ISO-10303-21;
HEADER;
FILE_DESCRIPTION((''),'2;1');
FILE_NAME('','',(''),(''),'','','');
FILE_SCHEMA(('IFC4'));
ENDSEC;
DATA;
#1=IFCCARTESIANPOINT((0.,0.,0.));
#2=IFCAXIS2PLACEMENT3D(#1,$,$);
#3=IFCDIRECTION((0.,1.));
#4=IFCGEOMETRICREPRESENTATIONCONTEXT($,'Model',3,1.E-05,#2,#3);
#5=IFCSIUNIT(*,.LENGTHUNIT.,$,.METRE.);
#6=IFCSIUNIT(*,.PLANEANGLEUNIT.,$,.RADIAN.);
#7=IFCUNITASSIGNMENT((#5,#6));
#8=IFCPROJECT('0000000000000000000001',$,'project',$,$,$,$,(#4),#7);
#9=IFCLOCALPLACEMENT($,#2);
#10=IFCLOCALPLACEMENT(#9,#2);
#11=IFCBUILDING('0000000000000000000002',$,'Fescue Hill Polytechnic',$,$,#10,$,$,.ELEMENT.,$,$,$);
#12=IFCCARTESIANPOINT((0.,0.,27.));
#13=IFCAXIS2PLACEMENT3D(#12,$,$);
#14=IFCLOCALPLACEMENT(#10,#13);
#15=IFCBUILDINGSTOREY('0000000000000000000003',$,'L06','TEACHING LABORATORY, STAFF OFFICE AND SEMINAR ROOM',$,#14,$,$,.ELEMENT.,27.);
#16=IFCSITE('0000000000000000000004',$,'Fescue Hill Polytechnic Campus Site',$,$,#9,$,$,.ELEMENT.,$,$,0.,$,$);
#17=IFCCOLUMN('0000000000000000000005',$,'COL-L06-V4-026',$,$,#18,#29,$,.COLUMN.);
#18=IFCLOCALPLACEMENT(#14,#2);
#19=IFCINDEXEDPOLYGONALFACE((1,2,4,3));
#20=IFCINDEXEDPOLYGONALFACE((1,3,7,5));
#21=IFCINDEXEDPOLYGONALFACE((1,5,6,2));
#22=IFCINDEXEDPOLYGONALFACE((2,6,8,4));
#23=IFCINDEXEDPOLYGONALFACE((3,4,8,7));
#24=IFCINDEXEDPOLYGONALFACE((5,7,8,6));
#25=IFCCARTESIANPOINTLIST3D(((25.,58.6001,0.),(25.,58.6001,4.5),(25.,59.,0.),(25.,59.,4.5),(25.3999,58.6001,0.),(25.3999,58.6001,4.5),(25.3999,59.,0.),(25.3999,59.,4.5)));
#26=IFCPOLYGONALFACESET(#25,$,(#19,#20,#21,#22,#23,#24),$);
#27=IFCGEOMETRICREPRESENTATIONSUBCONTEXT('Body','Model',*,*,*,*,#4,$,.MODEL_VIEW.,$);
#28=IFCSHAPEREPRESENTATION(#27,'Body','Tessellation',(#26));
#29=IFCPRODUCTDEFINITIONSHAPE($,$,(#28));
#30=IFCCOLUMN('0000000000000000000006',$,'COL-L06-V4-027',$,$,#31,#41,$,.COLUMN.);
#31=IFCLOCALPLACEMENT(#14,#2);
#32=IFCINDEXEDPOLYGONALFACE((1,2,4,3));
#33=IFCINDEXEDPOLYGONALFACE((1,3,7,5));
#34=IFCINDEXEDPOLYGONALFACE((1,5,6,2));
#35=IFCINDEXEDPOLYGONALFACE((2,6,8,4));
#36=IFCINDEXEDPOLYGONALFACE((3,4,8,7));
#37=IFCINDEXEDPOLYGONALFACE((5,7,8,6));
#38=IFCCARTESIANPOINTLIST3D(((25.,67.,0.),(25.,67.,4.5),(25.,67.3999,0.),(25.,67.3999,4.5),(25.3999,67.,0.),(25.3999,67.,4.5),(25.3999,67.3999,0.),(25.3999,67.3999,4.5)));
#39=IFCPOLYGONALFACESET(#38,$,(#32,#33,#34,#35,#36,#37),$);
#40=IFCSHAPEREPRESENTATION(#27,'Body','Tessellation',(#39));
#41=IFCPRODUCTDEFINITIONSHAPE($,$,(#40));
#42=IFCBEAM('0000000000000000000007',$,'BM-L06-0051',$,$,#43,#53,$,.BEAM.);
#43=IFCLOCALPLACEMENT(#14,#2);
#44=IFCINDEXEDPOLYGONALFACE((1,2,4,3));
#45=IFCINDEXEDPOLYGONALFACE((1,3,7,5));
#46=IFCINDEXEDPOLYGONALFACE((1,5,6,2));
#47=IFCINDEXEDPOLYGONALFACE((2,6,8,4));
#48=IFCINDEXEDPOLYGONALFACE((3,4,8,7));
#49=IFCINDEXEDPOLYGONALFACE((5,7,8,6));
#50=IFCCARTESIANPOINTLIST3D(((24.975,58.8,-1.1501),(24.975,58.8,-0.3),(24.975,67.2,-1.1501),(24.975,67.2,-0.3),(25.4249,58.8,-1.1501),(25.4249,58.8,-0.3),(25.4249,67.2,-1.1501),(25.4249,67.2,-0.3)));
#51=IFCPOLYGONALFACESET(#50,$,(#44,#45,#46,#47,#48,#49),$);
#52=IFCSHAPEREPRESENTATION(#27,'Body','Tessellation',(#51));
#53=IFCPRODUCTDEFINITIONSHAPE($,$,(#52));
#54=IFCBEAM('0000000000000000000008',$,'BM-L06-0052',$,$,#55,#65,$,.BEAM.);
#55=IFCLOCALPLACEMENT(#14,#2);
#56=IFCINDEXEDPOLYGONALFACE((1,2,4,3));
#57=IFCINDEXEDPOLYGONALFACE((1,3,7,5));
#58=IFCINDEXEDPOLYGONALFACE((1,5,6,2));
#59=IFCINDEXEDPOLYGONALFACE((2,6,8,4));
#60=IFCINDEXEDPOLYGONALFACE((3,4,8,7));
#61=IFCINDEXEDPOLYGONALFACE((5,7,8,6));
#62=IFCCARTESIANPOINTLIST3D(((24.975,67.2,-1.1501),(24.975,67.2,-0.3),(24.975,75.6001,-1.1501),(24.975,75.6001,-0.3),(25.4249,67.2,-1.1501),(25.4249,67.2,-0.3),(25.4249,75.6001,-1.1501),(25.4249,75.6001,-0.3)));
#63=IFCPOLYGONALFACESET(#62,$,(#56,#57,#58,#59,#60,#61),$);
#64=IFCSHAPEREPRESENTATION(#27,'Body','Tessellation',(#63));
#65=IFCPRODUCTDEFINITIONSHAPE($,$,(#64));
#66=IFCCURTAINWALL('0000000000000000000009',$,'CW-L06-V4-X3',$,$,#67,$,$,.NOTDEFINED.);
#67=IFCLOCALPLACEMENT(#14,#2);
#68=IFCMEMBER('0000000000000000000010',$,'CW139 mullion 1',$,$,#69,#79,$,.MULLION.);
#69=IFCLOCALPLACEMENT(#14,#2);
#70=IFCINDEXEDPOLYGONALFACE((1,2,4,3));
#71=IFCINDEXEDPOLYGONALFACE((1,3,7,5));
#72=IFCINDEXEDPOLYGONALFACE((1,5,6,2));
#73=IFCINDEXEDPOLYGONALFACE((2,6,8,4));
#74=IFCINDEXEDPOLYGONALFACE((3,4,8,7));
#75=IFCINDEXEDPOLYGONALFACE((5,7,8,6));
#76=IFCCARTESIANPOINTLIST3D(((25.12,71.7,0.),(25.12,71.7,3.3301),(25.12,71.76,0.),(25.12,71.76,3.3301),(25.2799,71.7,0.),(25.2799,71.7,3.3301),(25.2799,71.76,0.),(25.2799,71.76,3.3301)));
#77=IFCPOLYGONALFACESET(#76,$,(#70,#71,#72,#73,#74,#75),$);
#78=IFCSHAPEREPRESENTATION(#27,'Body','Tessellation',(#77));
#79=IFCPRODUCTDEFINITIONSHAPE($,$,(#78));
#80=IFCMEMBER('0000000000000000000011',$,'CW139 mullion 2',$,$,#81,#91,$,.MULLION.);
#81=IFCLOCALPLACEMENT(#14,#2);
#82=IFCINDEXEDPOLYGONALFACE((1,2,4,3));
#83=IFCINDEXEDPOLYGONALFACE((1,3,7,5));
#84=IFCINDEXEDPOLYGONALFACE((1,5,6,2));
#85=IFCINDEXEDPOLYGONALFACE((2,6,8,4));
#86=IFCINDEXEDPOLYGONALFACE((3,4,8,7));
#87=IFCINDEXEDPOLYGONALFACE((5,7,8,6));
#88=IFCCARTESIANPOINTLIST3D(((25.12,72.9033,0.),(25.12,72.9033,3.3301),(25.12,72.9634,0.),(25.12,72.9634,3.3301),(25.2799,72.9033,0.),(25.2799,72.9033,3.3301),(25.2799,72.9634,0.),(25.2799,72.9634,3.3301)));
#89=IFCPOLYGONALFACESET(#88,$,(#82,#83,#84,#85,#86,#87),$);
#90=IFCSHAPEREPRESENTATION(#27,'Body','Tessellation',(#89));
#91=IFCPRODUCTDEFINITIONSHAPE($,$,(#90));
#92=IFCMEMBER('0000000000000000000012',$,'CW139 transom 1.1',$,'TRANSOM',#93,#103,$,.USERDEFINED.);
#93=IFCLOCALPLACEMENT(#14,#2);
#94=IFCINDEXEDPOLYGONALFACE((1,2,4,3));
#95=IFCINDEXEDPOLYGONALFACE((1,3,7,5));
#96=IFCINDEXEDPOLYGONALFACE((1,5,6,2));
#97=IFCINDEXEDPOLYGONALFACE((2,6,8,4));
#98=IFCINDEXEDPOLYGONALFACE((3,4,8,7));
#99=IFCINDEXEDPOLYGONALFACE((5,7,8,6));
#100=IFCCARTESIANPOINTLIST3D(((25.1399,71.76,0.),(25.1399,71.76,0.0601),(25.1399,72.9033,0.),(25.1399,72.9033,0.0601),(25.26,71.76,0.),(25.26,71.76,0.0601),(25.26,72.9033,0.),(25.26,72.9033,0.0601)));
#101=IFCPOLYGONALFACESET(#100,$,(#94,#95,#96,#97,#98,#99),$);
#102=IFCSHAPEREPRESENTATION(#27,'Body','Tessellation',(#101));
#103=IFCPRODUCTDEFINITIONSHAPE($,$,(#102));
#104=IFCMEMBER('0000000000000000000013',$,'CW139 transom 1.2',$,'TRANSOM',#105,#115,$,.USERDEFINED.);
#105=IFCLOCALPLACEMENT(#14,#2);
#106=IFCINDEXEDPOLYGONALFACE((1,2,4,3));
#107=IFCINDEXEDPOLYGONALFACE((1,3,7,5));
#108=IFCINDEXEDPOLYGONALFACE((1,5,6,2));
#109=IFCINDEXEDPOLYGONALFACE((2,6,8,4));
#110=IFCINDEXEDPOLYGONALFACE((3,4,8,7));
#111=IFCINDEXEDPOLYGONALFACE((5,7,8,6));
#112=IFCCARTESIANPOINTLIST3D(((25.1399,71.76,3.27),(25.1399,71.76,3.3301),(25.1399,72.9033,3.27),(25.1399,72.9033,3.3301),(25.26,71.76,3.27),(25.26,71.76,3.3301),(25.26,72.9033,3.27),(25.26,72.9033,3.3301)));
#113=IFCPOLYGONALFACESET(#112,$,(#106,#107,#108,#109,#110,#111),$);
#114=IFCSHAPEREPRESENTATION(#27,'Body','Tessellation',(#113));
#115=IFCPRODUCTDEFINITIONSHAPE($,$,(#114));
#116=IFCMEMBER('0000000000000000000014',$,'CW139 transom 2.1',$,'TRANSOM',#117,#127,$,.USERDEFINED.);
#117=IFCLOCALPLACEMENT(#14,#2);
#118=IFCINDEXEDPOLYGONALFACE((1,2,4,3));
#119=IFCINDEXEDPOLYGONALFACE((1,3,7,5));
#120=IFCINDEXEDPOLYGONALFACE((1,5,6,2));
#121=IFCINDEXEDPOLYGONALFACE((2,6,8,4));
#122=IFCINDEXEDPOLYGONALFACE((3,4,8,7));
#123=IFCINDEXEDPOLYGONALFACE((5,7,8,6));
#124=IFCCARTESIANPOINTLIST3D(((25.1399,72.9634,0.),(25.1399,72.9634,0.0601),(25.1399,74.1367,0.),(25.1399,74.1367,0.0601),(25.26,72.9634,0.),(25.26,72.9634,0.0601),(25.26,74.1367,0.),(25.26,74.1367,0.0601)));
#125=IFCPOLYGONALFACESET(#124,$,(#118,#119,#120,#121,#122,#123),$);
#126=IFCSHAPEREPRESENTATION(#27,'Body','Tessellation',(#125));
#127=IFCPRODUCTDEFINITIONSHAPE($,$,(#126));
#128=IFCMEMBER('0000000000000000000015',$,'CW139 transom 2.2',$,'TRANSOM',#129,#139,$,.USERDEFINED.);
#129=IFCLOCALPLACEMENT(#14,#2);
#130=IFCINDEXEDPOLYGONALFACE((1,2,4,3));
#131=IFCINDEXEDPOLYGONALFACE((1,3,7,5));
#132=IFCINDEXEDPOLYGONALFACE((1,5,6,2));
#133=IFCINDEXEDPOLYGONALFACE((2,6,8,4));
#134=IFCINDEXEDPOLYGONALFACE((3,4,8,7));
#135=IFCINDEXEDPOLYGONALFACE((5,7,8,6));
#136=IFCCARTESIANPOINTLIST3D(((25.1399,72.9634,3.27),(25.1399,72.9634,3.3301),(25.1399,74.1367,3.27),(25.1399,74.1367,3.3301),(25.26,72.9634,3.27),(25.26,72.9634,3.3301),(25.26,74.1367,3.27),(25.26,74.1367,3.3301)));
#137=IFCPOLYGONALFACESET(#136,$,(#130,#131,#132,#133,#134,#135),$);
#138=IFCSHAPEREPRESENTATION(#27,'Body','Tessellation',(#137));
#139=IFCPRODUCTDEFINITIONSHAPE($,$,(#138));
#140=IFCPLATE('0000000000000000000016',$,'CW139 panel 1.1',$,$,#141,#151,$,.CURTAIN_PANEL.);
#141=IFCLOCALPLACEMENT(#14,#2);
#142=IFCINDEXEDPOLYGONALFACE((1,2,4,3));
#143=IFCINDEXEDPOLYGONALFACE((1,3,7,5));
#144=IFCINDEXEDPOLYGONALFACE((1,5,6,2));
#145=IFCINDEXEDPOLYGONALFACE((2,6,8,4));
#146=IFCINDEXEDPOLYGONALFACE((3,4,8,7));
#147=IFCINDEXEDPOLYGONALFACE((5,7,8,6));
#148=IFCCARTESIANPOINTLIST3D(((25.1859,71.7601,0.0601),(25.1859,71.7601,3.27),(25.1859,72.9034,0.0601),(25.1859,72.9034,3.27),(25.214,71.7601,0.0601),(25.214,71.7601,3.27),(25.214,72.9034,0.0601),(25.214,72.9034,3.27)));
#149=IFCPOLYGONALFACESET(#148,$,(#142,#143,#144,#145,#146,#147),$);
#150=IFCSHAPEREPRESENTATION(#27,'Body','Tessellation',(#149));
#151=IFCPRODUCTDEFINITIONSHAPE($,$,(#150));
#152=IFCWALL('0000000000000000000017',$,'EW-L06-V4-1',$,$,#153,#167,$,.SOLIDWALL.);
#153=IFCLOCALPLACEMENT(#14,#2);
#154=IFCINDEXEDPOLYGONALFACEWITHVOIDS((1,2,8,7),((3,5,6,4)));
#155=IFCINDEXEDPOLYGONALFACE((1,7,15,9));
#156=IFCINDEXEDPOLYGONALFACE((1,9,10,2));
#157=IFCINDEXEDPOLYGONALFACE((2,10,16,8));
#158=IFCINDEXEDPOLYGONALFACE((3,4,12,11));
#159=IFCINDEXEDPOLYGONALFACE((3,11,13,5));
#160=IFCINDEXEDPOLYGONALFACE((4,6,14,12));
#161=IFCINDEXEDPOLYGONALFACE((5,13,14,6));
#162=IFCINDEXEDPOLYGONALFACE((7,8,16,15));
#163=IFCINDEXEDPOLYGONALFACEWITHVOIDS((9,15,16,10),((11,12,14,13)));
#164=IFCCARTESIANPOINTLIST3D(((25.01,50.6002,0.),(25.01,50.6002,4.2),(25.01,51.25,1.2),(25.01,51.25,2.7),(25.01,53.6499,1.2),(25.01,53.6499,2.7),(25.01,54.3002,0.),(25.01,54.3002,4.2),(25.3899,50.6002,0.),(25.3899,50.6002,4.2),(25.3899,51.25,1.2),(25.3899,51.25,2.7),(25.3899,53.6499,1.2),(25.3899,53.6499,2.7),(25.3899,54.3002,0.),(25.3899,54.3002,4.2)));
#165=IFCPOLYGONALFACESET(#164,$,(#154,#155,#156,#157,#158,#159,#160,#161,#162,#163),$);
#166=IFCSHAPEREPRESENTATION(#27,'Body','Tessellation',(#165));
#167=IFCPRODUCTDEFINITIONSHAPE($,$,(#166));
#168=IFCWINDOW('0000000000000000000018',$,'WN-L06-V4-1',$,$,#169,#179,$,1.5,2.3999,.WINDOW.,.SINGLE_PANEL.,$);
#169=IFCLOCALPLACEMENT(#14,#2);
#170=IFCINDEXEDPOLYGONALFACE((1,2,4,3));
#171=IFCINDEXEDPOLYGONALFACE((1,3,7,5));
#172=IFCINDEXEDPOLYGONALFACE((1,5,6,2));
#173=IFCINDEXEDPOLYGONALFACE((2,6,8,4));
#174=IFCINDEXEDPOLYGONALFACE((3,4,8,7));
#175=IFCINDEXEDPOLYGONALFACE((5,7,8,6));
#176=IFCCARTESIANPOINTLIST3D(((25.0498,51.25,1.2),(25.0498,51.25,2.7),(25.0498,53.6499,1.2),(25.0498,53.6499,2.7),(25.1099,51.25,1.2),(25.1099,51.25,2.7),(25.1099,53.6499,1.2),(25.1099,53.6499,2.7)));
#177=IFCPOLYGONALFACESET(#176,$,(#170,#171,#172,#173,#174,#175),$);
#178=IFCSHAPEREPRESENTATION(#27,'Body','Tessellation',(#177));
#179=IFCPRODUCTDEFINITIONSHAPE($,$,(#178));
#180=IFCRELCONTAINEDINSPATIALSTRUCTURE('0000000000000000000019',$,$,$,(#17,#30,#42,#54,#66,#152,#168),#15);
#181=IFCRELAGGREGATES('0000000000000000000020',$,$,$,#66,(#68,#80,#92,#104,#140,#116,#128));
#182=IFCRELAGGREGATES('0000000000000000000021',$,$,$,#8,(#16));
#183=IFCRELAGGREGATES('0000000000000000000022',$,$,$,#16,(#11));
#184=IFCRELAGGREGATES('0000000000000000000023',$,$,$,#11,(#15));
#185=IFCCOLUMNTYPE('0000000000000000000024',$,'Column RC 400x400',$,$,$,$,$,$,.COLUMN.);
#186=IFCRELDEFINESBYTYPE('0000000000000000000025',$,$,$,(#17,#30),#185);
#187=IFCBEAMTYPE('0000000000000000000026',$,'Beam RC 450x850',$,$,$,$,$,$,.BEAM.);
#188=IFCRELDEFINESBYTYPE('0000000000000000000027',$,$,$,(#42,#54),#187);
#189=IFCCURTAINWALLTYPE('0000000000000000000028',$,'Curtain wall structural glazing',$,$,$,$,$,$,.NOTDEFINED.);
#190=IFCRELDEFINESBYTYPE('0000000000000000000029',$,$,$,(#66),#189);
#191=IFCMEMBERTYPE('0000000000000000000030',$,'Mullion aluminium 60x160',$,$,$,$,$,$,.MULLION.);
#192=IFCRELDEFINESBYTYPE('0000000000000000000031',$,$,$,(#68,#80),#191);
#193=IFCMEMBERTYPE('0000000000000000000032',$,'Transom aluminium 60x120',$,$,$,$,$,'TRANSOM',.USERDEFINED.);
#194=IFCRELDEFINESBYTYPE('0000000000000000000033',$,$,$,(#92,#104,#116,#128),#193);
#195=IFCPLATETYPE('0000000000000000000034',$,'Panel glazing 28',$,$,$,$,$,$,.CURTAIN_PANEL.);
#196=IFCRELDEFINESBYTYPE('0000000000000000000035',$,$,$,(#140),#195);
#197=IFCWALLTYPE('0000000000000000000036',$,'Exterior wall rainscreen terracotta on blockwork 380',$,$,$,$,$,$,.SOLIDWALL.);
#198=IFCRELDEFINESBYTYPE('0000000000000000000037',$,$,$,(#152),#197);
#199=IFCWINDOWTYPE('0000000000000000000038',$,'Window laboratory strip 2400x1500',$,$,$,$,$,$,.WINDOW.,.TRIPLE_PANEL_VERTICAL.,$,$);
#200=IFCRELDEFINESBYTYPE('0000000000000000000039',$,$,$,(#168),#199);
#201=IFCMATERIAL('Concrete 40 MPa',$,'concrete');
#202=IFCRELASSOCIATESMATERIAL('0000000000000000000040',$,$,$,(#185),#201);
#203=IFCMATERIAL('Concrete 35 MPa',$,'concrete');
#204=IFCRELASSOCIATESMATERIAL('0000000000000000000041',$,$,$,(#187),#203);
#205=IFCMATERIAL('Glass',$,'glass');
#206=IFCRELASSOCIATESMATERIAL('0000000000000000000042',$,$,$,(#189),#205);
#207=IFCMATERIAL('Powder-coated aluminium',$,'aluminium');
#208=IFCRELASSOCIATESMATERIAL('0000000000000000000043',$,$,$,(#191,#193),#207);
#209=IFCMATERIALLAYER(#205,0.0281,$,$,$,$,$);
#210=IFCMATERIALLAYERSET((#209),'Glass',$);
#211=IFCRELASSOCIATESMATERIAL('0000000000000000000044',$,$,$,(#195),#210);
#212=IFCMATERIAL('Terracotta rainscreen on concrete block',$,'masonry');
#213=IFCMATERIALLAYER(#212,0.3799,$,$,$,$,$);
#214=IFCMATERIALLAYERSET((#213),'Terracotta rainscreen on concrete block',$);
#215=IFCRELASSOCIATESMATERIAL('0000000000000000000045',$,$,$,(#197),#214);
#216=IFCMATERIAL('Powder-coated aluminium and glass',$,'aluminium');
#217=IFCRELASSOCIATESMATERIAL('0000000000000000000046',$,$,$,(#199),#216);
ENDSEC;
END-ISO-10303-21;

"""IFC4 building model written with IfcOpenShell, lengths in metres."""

from ifc_helpers import new_model, si_unit, direction, frame, frame_2d, origin, origin_2d, place, context, subcontext, project, spatial, rectangle, extrude, material, layer, layer_set, material_profile, profile_set, type_object, element, fill, aggregate, save


model = new_model("IFC4")

# Units and contexts
model_context = context("Model", 3, precision=1e-05, world=origin(), true_north=direction((0.0, 1.0)))
body_context = subcontext(model_context, "Body", "Model", "MODEL_VIEW")
ifc_project = project(units=[si_unit("LENGTHUNIT", "METRE"), si_unit("PLANEANGLEUNIT", "RADIAN")], contexts=[model_context])

# Site, building, storey
site_placement = place(None, origin())
site = spatial("IfcSite", under=ifc_project, at=site_placement, Name="Fescue Hill Polytechnic Campus Site", CompositionType="ELEMENT", RefElevation=0.0)
building_placement = place(site_placement, origin())
building = spatial("IfcBuilding", under=site, at=building_placement, Name="Fescue Hill Polytechnic", CompositionType="ELEMENT")
storey_placement = place(building_placement, frame((0.0, 0.0, 27.0)))
storey = spatial("IfcBuildingStorey", under=building, at=storey_placement, Name="L06", Description="TEACHING LABORATORY, STAFF OFFICE AND SEMINAR ROOM", CompositionType="ELEMENT", Elevation=27.0)

# Columns
ifc_material_1 = material(Name="Concrete 40 MPa", Category="concrete")
ifc_material_profile_1 = material_profile(ifc_material_1, rectangle(XDim=0.3999, YDim=0.3999, at=origin_2d()), Name="RC 400x400")
ifc_profile_set_1 = profile_set([ifc_material_profile_1], Name="Concrete 40 MPa")
column_type = type_object("IfcColumnType", Name="Column RC 400x400", PredefinedType="COLUMN", material=ifc_profile_set_1)
for number, where, z_axis, x_axis, name in (
    (1, (25.2, 58.8, 0.0), (0.0, 0.0, 1.0), (1.0, 0.0, 0.0), "COL-L06-V4-026"),
    (2, (25.2, 67.2, 0.0), (0.0, 0.0, 1.0), (1.0, 0.0, 0.0), "COL-L06-V4-027"),
):
    element("IfcColumn", number, at=place(storey_placement, frame(where, z_axis=z_axis, x_axis=x_axis)), inside=storey, type_object=column_type, Name=name, PredefinedType="COLUMN", context=body_context, shape_type="SweptSolid", body=[
        extrude(rectangle(XDim=0.3999, YDim=0.3999, at=origin_2d()), origin(), (0.0, 0.0, 1.0), 4.5),
    ])

# Beams
ifc_material_2 = material(Name="Concrete 35 MPa", Category="concrete")
ifc_material_profile_2 = material_profile(ifc_material_2, rectangle(XDim=0.45, YDim=0.8501, at=origin_2d()), Name="RC 450x850")
ifc_profile_set_2 = profile_set([ifc_material_profile_2], Name="Concrete 35 MPa")
beam_type = type_object("IfcBeamType", Name="Beam RC 450x850", PredefinedType="BEAM", material=ifc_profile_set_2)
beam_1_placement = place(storey_placement, frame((25.2, 58.8, -0.7251), z_axis=(0.0, 1.0, 0.0), x_axis=(-1.0, 0.0, 0.0)))
element("IfcBeam", 3, at=beam_1_placement, inside=storey, type_object=beam_type, Name="BM-L06-0051", PredefinedType="BEAM", context=body_context, shape_type="SweptSolid", body=[
    extrude(rectangle(XDim=0.45, YDim=0.8501, at=origin_2d()), origin(), (0.0, 0.0, 1.0), 8.3999),
])
beam_2_placement = place(storey_placement, frame((25.2, 67.2, -0.7251), z_axis=(0.0, 1.0, 0.0), x_axis=(-1.0, 0.0, 0.0)))
element("IfcBeam", 4, at=beam_2_placement, inside=storey, type_object=beam_type, Name="BM-L06-0052", PredefinedType="BEAM", context=body_context, shape_type="SweptSolid", body=[
    extrude(rectangle(XDim=0.45, YDim=0.8501, at=origin_2d()), origin(), (0.0, 0.0, 1.0), 8.4001),
])

# Curtain wall, members, plate
ifc_material_3 = material(Name="Glass", Category="glass")
curtain_wall_type = type_object("IfcCurtainWallType", Name="Curtain wall structural glazing", PredefinedType="NOTDEFINED", material=ifc_material_3)
curtain_wall_placement = place(storey_placement, origin())
curtain_wall = element("IfcCurtainWall", 5, at=curtain_wall_placement, inside=storey, type_object=curtain_wall_type, Name="CW-L06-V4-X3", PredefinedType="NOTDEFINED")
ifc_material_4 = material(Name="Powder-coated aluminium", Category="aluminium")
ifc_material_profile_3 = material_profile(ifc_material_4, rectangle(XDim=0.1599, YDim=0.0601, at=origin_2d()), Name="Mullion aluminium 60x160")
ifc_profile_set_3 = profile_set([ifc_material_profile_3], Name="Powder-coated aluminium")
member_type_1 = type_object("IfcMemberType", Name="Mullion aluminium 60x160", PredefinedType="MULLION", material=ifc_profile_set_3)
member_1_placement = place(storey_placement, frame((25.2, 71.73, 0.0), z_axis=(0.0, 0.0, 1.0), x_axis=(-1.0, 0.0, 0.0)))
member_1 = element("IfcMember", 6, at=member_1_placement, type_object=member_type_1, Name="CW139 mullion 1", PredefinedType="MULLION", context=body_context, shape_type="SweptSolid", body=[
    extrude(rectangle(XDim=0.1599, YDim=0.0601, at=origin_2d()), origin(), (0.0, 0.0, 1.0), 3.3301),
])
member_2_placement = place(storey_placement, frame((25.2, 72.9333, 0.0), z_axis=(0.0, 0.0, 1.0), x_axis=(-1.0, 0.0, 0.0)))
member_2 = element("IfcMember", 7, at=member_2_placement, type_object=member_type_1, Name="CW139 mullion 2", PredefinedType="MULLION", context=body_context, shape_type="SweptSolid", body=[
    extrude(rectangle(XDim=0.1599, YDim=0.0601, at=origin_2d()), origin(), (0.0, 0.0, 1.0), 3.3301),
])
ifc_material_profile_4 = material_profile(ifc_material_4, rectangle(XDim=0.1201, YDim=0.0601, at=origin_2d()), Name="Transom aluminium 60x120")
ifc_profile_set_4 = profile_set([ifc_material_profile_4], Name="Powder-coated aluminium")
member_type_2 = type_object("IfcMemberType", Name="Transom aluminium 60x120", ElementType="TRANSOM", PredefinedType="USERDEFINED", material=ifc_profile_set_4)
member_3_placement = place(storey_placement, frame((25.2, 71.76, 0.03), z_axis=(0.0, 1.0, 0.0), x_axis=(-1.0, 0.0, 0.0)))
member_3 = element("IfcMember", 8, at=member_3_placement, type_object=member_type_2, Name="CW139 transom 1.1", ObjectType="TRANSOM", PredefinedType="USERDEFINED", context=body_context, shape_type="SweptSolid", body=[
    extrude(rectangle(XDim=0.1201, YDim=0.0601, at=origin_2d()), origin(), (0.0, 0.0, 1.0), 1.1433),
])
member_4_placement = place(storey_placement, frame((25.2, 71.76, 3.3), z_axis=(0.0, 1.0, 0.0), x_axis=(-1.0, 0.0, 0.0)))
member_4 = element("IfcMember", 9, at=member_4_placement, type_object=member_type_2, Name="CW139 transom 1.2", ObjectType="TRANSOM", PredefinedType="USERDEFINED", context=body_context, shape_type="SweptSolid", body=[
    extrude(rectangle(XDim=0.1201, YDim=0.0601, at=origin_2d()), origin(), (0.0, 0.0, 1.0), 1.1433),
])
member_5_placement = place(storey_placement, frame((25.2, 72.9634, 0.03), z_axis=(0.0, 1.0, 0.0), x_axis=(-1.0, 0.0, 0.0)))
member_5 = element("IfcMember", 10, at=member_5_placement, type_object=member_type_2, Name="CW139 transom 2.1", ObjectType="TRANSOM", PredefinedType="USERDEFINED", context=body_context, shape_type="SweptSolid", body=[
    extrude(rectangle(XDim=0.1201, YDim=0.0601, at=origin_2d()), origin(), (0.0, 0.0, 1.0), 1.1733),
])
member_6_placement = place(storey_placement, frame((25.2, 72.9634, 3.3), z_axis=(0.0, 1.0, 0.0), x_axis=(-1.0, 0.0, 0.0)))
member_6 = element("IfcMember", 11, at=member_6_placement, type_object=member_type_2, Name="CW139 transom 2.2", ObjectType="TRANSOM", PredefinedType="USERDEFINED", context=body_context, shape_type="SweptSolid", body=[
    extrude(rectangle(XDim=0.1201, YDim=0.0601, at=origin_2d()), origin(), (0.0, 0.0, 1.0), 1.1733),
])
ifc_layer_1 = layer(ifc_material_3, 0.0281)
ifc_layer_set_1 = layer_set([ifc_layer_1], Name="Glass")
plate_type = type_object("IfcPlateType", Name="Panel glazing 28", PredefinedType="CURTAIN_PANEL", material=ifc_layer_set_1)
plate_placement = place(storey_placement, frame((25.2, 72.3318, 0.0601), z_axis=(0.0, 0.0, 1.0), x_axis=(0.0, 1.0, 0.0)))
plate = element("IfcPlate", 12, at=plate_placement, type_object=plate_type, Name="CW139 panel 1.1", PredefinedType="CURTAIN_PANEL", context=body_context, shape_type="SweptSolid", body=[
    extrude(rectangle(XDim=1.1433, YDim=0.0281, at=origin_2d()), origin(), (0.0, 0.0, 1.0), 3.21),
])
aggregate(curtain_wall, [member_1, member_2, member_3, member_4, plate, member_5, member_6])

# Wall, opening, window
ifc_material_5 = material(Name="Terracotta rainscreen on concrete block", Category="masonry")
ifc_layer_2 = layer(ifc_material_5, 0.3799)
ifc_layer_set_2 = layer_set([ifc_layer_2], Name="Terracotta rainscreen on concrete block")
wall_type_1 = type_object("IfcWallType", Name="Exterior wall rainscreen terracotta on blockwork 380", PredefinedType="SOLIDWALL", material=ifc_layer_set_2)
wall_1_placement = place(storey_placement, frame((25.2, 50.6001, 0.0), z_axis=(0.0, 0.0, 1.0), x_axis=(0.0, 1.0, 0.0)))
wall_1 = element("IfcWall", 13, at=wall_1_placement, inside=storey, type_object=wall_type_1, Name="EW-L06-V4-1", PredefinedType="SOLIDWALL", context=body_context, shape_type="SweptSolid", body=[
    extrude(rectangle(XDim=3.7, YDim=0.3799, at=frame_2d((1.8501, 0.0))), origin(), (0.0, 0.0, 1.0), 4.2),
])
opening_1_placement = place(wall_1_placement, frame((0.6499, 0.0, 1.2)))
opening_1 = element("IfcOpeningElement", 14, at=opening_1_placement, cuts=wall_1, PredefinedType="OPENING", context=body_context, shape_type="SweptSolid", body=[
    extrude(rectangle(XDim=2.3999, YDim=1.5, at=frame_2d((1.2, 0.75))), frame((0.0, 0.2, 0.0), z_axis=(0.0, -1.0, 0.0), x_axis=(1.0, 0.0, 0.0)), (0.0, 0.0, 1.0), 0.3999),
])
ifc_material_6 = material(Name="Powder-coated aluminium and glass", Category="aluminium")
window_type = type_object("IfcWindowType", Name="Window laboratory strip 2400x1500", PartitioningType="TRIPLE_PANEL_VERTICAL", PredefinedType="WINDOW", material=ifc_material_6)
window_1_placement = place(opening_1_placement, origin())
window_1 = element("IfcWindow", 15, at=window_1_placement, inside=storey, type_object=window_type, Name="WN-L06-V4-1", OverallHeight=1.5, OverallWidth=2.3999, PartitioningType="SINGLE_PANEL", PredefinedType="WINDOW", context=body_context, shape_type="SweptSolid", body=[
    extrude(rectangle(XDim=2.3999, YDim=1.5, at=frame_2d((1.2, 0.75))), frame((0.0, 0.1501, 0.0), z_axis=(0.0, -1.0, 0.0), x_axis=(1.0, 0.0, 0.0)), (0.0, 0.0, 1.0), 0.0601),
])
fill(opening_1, window_1)

save(model, "model.ifc")
